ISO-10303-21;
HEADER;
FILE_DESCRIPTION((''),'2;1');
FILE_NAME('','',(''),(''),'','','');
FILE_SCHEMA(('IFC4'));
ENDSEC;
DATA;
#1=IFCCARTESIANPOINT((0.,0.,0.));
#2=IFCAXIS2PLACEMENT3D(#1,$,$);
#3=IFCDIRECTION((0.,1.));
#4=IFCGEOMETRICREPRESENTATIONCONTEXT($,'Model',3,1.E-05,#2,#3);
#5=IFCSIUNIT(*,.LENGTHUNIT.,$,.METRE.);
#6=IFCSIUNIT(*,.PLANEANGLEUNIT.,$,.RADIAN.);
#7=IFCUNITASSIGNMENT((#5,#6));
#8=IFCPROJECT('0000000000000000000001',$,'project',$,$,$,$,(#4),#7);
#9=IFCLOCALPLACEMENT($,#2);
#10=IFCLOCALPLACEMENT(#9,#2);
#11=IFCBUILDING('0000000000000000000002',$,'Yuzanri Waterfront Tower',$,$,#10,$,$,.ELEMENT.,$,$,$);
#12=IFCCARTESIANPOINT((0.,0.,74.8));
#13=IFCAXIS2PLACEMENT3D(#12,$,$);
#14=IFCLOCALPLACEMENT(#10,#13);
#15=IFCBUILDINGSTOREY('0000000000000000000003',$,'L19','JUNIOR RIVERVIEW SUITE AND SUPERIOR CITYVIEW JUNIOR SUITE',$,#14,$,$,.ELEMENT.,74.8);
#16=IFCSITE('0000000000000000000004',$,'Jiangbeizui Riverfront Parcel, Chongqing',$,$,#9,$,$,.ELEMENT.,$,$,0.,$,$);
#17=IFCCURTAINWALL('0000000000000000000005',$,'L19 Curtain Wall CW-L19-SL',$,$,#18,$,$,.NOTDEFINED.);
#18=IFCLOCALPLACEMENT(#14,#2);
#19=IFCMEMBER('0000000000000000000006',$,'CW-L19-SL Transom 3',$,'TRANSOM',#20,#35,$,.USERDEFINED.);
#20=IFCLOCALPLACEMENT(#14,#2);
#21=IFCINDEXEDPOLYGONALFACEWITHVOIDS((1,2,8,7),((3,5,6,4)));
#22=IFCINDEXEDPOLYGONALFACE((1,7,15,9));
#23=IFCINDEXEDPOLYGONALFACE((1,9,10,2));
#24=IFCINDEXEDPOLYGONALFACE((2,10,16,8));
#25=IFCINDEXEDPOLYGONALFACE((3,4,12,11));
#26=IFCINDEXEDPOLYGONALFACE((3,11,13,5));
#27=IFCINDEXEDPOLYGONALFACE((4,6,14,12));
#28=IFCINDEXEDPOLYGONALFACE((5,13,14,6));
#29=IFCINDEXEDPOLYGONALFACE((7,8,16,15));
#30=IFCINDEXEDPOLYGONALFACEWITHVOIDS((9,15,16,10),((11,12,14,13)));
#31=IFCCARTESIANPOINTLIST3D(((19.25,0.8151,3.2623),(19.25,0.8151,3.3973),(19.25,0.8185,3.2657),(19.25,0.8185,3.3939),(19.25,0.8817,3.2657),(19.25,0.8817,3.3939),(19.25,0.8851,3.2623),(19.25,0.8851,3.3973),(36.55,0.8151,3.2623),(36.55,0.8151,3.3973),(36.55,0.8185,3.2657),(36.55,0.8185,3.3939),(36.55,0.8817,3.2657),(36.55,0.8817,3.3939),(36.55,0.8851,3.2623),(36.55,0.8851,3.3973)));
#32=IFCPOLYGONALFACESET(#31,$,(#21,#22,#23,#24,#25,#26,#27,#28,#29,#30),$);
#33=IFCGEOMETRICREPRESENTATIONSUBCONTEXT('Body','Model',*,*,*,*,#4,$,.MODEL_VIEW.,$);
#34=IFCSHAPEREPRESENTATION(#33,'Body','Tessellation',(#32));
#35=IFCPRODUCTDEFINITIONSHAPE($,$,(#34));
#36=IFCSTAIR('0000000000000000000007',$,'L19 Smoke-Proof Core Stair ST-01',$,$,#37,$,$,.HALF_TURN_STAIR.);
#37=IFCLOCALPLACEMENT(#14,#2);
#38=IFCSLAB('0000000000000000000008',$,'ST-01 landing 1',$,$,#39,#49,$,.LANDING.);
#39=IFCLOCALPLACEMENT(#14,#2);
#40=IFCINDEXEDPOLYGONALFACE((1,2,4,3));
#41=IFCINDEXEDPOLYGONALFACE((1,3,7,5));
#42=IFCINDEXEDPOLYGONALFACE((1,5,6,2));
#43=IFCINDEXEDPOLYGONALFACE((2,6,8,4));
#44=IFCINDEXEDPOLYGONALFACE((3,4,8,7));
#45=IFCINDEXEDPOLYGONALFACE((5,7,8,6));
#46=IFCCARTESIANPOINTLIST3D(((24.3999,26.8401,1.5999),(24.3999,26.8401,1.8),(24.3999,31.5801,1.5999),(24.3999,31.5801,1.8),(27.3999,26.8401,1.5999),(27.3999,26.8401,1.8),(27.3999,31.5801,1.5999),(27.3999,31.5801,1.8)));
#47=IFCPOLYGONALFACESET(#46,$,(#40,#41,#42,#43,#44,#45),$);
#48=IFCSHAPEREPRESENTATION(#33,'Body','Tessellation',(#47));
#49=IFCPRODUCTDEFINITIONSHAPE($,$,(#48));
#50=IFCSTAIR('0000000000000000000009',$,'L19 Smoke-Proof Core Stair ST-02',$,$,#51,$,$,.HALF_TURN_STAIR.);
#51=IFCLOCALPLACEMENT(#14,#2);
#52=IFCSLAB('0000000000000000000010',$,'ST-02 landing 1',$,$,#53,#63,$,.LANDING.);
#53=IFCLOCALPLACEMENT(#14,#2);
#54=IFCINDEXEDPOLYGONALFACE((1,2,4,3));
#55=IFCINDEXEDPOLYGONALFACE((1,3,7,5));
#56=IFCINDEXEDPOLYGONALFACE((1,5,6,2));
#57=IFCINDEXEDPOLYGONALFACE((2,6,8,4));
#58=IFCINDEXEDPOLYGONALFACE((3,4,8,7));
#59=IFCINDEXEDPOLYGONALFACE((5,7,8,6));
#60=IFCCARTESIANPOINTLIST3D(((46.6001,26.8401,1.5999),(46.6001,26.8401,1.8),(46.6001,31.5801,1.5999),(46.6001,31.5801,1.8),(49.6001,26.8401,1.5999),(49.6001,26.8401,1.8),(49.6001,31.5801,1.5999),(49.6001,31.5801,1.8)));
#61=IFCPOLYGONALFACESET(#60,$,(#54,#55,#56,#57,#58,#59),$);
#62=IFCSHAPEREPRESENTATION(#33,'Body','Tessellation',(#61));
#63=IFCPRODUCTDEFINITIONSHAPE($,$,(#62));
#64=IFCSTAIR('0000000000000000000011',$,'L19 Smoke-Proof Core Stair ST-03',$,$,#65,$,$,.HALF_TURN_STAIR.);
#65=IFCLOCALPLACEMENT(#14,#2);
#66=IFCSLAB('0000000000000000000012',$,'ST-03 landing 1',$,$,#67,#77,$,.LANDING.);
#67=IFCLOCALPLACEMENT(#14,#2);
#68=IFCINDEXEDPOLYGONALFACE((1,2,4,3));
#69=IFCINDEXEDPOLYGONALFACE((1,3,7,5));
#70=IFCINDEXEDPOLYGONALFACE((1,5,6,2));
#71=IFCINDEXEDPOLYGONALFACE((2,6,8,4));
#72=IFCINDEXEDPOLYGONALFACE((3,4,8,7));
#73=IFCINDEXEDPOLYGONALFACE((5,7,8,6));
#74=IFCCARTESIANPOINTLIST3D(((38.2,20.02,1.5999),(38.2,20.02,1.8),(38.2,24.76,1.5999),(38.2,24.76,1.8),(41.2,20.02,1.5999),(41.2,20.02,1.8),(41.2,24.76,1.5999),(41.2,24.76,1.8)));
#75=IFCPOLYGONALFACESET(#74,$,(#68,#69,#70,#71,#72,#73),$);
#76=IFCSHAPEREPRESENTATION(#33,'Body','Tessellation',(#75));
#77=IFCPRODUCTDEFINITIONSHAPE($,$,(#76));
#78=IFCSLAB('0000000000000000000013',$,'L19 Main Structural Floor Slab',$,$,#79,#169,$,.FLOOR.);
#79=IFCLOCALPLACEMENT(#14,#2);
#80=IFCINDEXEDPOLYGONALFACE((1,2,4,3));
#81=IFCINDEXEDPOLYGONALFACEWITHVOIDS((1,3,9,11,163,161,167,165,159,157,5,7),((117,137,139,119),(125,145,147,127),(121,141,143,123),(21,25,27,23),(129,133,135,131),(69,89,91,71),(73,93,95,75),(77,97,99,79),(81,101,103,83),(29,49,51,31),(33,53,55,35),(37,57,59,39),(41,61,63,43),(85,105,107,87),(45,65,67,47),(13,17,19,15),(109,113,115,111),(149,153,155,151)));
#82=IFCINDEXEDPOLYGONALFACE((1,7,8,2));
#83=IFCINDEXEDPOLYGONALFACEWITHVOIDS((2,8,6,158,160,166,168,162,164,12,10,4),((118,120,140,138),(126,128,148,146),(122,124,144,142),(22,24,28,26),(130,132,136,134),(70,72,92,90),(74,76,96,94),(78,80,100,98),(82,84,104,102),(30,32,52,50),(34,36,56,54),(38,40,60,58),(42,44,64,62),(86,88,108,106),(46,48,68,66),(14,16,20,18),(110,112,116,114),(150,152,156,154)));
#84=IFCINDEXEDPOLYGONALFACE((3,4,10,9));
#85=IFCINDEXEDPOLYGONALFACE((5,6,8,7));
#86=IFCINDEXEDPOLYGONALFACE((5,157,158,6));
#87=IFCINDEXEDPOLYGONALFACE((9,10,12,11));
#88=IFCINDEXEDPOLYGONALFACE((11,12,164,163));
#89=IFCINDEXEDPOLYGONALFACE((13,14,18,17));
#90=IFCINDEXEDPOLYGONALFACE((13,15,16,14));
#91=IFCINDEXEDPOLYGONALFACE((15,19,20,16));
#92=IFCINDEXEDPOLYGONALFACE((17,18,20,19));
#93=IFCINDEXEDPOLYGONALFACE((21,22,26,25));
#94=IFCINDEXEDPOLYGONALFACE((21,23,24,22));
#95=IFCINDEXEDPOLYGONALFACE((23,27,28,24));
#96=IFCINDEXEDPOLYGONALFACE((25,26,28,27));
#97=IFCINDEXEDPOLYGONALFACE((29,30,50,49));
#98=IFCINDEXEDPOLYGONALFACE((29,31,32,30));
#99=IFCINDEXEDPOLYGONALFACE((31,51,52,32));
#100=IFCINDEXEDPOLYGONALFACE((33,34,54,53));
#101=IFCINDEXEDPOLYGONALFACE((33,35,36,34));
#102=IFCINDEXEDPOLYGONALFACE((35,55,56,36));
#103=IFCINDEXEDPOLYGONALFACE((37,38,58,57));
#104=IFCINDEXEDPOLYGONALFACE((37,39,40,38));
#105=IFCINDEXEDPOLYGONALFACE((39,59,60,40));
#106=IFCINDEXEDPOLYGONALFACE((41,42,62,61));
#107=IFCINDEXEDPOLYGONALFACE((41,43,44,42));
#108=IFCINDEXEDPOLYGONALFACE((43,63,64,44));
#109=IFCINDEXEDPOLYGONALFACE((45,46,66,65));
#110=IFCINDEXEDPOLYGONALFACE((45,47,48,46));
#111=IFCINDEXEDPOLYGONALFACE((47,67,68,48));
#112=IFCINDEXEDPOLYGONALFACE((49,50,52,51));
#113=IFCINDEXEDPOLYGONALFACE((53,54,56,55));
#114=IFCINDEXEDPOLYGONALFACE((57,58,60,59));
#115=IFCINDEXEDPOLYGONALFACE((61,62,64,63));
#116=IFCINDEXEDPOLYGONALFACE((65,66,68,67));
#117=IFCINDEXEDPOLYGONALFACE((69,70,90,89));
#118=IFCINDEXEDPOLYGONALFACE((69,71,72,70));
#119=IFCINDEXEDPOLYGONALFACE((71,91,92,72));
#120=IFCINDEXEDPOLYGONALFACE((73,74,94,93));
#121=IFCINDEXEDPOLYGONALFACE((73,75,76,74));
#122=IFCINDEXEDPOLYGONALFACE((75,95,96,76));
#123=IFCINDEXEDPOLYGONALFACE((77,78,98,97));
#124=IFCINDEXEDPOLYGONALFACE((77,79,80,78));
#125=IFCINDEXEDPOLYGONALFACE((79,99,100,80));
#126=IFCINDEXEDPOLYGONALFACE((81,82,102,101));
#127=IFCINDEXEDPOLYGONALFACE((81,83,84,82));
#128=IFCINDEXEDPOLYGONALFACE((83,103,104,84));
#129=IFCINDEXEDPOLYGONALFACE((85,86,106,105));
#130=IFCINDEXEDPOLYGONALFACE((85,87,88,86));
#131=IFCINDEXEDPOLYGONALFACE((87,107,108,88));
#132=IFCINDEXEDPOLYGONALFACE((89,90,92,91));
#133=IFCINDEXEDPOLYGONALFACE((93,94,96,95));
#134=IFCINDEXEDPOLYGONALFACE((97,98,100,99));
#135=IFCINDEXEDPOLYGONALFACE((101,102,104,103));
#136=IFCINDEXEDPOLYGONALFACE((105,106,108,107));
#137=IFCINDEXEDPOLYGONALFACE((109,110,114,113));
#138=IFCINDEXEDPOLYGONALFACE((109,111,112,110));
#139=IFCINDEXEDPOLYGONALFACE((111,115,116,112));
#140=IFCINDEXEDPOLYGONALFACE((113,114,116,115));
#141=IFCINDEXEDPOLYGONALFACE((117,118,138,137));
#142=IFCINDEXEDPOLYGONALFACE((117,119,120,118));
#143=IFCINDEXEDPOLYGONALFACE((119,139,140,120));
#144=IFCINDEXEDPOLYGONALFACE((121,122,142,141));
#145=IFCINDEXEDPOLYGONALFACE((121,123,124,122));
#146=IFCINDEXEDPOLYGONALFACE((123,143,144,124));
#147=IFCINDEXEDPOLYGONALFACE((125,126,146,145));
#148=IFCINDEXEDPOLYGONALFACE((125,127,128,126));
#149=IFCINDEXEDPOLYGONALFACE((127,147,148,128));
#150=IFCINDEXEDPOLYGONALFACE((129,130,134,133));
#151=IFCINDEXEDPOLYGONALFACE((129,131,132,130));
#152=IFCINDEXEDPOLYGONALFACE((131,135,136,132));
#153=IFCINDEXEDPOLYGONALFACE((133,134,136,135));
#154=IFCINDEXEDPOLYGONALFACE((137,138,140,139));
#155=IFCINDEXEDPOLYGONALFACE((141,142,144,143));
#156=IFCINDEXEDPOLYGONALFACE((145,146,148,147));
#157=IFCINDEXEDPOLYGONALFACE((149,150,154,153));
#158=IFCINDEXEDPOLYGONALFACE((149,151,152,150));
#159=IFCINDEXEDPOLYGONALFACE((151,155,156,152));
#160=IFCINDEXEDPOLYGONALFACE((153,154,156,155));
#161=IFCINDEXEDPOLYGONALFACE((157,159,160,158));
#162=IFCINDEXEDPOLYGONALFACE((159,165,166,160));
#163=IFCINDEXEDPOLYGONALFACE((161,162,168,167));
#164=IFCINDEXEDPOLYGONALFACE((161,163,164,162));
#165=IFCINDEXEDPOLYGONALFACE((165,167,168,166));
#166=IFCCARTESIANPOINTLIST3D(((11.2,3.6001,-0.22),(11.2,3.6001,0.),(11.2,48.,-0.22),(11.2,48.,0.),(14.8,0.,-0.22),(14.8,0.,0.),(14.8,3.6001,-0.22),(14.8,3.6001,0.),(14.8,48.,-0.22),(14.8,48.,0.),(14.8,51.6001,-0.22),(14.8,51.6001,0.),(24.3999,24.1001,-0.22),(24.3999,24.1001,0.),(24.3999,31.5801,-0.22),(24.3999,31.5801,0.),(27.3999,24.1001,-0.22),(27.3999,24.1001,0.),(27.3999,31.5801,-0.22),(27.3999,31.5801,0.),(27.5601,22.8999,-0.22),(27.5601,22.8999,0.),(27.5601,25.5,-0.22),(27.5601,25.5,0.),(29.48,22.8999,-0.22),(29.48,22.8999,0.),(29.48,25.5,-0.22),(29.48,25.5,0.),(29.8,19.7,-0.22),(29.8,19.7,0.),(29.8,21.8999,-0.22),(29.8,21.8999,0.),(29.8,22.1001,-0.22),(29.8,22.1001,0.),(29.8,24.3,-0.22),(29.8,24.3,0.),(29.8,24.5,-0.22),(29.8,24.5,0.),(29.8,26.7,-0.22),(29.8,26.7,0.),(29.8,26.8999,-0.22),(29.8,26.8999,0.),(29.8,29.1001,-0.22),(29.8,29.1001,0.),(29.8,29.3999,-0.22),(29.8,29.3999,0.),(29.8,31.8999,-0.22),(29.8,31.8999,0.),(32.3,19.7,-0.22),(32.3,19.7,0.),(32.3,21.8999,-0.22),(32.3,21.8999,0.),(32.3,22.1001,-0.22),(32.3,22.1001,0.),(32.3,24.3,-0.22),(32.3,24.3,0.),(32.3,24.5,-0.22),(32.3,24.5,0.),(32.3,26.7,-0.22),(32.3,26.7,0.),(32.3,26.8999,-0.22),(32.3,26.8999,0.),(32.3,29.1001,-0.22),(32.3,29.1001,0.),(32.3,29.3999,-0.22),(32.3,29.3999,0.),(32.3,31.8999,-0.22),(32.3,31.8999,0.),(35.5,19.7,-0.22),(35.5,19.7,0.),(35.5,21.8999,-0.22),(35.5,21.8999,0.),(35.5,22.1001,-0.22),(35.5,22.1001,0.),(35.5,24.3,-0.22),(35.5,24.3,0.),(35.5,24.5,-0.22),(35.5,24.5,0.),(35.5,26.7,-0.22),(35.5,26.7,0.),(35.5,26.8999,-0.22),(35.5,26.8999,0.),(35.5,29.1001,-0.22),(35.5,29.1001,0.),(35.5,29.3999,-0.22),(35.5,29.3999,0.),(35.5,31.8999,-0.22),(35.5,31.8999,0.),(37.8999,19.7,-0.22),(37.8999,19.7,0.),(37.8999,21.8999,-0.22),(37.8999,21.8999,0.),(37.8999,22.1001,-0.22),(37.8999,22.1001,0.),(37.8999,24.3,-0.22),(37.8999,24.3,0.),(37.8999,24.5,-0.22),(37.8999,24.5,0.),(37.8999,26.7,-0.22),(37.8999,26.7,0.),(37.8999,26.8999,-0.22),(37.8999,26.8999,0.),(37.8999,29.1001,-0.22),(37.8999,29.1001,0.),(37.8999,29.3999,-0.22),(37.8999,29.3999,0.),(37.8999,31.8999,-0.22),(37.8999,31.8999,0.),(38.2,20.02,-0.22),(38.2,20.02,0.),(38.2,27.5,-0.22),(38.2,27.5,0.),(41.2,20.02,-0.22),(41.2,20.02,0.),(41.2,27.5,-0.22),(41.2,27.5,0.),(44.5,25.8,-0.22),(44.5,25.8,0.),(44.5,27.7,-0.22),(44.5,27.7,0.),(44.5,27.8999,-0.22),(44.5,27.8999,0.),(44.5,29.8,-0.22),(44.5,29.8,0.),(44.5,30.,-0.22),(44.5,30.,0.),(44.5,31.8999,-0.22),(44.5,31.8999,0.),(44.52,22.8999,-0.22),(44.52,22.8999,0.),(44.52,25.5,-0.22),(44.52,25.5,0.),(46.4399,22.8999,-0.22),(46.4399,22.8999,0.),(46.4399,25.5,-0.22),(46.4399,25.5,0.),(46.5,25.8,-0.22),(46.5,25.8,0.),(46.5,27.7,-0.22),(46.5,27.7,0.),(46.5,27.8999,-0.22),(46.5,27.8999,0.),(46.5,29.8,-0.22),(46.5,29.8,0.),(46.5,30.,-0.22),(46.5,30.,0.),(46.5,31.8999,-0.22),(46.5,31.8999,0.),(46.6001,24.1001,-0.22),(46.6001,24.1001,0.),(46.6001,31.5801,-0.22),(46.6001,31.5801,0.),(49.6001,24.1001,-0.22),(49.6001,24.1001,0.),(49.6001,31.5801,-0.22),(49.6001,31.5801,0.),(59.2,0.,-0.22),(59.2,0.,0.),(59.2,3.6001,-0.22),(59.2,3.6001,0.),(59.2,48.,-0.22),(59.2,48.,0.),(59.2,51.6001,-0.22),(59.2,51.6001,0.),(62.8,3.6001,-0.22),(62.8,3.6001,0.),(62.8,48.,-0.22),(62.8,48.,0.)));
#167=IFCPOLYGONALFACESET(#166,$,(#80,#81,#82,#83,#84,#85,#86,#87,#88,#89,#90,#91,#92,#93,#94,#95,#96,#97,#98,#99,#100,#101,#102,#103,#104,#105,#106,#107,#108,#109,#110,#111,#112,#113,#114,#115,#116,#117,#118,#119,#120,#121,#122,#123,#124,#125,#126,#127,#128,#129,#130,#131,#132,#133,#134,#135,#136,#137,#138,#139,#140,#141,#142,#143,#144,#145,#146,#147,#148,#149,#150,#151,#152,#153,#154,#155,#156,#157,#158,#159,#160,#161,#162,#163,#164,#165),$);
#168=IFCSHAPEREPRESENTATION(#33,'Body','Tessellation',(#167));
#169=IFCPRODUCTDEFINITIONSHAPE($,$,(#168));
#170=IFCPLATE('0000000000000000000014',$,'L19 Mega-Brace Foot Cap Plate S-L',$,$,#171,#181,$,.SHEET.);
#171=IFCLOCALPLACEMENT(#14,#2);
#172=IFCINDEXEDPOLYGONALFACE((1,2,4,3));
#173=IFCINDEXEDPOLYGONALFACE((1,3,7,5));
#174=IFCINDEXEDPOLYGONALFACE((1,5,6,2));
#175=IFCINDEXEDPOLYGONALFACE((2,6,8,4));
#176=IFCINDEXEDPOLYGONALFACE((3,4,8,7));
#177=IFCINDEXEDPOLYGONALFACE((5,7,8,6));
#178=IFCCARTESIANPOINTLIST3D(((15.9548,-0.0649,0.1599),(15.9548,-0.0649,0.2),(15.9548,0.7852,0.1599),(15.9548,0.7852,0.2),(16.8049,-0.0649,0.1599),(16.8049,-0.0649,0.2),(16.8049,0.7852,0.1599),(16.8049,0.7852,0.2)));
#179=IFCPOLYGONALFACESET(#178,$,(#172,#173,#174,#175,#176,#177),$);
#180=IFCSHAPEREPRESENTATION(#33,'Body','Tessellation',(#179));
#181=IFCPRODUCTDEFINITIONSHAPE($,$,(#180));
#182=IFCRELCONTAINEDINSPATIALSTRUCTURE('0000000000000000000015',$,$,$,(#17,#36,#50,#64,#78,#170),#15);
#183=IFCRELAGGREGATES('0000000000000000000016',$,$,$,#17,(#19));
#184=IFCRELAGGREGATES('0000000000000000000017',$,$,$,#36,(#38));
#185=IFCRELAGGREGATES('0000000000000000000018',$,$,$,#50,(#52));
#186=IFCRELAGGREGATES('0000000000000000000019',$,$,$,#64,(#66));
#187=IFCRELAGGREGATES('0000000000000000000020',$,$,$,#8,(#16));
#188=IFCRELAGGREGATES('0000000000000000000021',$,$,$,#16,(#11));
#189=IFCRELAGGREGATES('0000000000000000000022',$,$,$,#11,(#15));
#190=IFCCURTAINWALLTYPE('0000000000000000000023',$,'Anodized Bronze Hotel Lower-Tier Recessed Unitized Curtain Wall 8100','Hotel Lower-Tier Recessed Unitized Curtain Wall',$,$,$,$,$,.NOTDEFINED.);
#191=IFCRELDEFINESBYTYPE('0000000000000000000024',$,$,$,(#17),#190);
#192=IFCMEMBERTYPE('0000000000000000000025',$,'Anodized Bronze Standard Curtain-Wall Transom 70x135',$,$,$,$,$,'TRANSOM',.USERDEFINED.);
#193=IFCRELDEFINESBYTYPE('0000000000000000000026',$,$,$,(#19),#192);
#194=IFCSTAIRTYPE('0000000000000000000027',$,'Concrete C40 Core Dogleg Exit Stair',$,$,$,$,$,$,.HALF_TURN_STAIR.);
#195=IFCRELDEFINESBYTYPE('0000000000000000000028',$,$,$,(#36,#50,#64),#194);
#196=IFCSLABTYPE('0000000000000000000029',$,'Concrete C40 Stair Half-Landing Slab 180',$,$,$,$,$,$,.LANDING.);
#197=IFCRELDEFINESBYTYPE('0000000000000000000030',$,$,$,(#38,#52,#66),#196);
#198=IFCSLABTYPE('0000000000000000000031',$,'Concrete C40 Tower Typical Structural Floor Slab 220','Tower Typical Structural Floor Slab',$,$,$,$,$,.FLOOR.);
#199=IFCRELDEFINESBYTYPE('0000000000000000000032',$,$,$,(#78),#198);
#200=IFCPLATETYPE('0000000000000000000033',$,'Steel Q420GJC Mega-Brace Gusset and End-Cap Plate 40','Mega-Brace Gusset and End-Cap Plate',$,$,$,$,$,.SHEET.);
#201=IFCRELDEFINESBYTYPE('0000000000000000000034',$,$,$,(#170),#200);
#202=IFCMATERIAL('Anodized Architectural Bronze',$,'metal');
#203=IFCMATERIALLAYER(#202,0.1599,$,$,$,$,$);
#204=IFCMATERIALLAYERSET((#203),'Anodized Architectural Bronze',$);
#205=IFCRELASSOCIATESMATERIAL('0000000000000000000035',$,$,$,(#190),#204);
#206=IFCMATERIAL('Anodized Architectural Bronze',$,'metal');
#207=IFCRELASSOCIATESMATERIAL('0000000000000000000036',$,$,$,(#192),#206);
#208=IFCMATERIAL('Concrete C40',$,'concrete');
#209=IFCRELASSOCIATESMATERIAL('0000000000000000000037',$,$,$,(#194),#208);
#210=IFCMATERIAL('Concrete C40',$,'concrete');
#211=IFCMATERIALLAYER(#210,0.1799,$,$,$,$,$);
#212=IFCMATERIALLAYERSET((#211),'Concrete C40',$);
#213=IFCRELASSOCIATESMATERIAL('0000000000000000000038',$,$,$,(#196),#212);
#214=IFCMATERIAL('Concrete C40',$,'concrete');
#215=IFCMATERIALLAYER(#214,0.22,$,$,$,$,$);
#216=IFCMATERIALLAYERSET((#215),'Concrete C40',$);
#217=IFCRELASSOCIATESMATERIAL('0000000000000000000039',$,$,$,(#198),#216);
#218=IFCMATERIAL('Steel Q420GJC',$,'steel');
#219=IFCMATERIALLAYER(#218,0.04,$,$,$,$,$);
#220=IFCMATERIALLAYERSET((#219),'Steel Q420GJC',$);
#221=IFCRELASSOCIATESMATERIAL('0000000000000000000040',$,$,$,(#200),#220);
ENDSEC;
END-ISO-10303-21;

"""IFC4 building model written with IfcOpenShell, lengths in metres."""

from ifc_helpers import new_model, si_unit, direction, frame, origin, origin_2d, place, context, subcontext, project, spatial, polyline, rectangle, hollow_rectangle, outline, extrude, source, transform, mapped, material, layer, layer_set, material_profile, profile_set, type_object, element, aggregate, save


model = new_model("IFC4")

# Units and contexts
model_context = context("Model", 3, precision=1e-05, world=origin(), true_north=direction((0.0, 1.0)))
body_context = subcontext(model_context, "Body", "Model", "MODEL_VIEW")
ifc_project = project(units=[si_unit("LENGTHUNIT", "METRE"), si_unit("PLANEANGLEUNIT", "RADIAN")], contexts=[model_context])

# Site, building, storey
site_placement = place(None, origin())
site = spatial("IfcSite", under=ifc_project, at=site_placement, Name="Jiangbeizui Riverfront Parcel, Chongqing", CompositionType="ELEMENT", RefElevation=0.0)
building_placement = place(site_placement, origin())
building = spatial("IfcBuilding", under=site, at=building_placement, Name="Yuzanri Waterfront Tower", CompositionType="ELEMENT")
storey_placement = place(building_placement, frame((0.0, 0.0, 74.8)))
storey = spatial("IfcBuildingStorey", under=building, at=storey_placement, Name="L19", Description="JUNIOR RIVERVIEW SUITE AND SUPERIOR CITYVIEW JUNIOR SUITE", CompositionType="ELEMENT", Elevation=74.8)

# Curtain wall, member
ifc_material_1 = material(Name="Anodized Architectural Bronze", Category="metal")
ifc_layer_1 = layer(ifc_material_1, 0.1599)
ifc_layer_set_1 = layer_set([ifc_layer_1], Name="Anodized Architectural Bronze")
curtain_wall_type = type_object("IfcCurtainWallType", Name="Anodized Bronze Hotel Lower-Tier Recessed Unitized Curtain Wall 8100", Description="Hotel Lower-Tier Recessed Unitized Curtain Wall", PredefinedType="NOTDEFINED", material=ifc_layer_set_1)
curtain_wall_placement = place(storey_placement, origin())
curtain_wall = element("IfcCurtainWall", 1, at=curtain_wall_placement, inside=storey, type_object=curtain_wall_type, Name="L19 Curtain Wall CW-L19-SL", PredefinedType="NOTDEFINED")
ifc_material_2 = material(Name="Anodized Architectural Bronze", Category="metal")
ifc_material_profile_1 = material_profile(ifc_material_2, hollow_rectangle(XDim=0.0701, YDim=0.135, WallThickness=0.0034, at=origin_2d()), Name="CWT 70x135")
ifc_profile_set_1 = profile_set([ifc_material_profile_1], Name="Anodized Architectural Bronze")
member_type_1 = type_object("IfcMemberType", Name="Anodized Bronze Standard Curtain-Wall Transom 70x135", ElementType="TRANSOM", PredefinedType="USERDEFINED", material=ifc_profile_set_1)
shared_shape_1 = source(origin(), body_context, "Body", "SweptSolid", [
    extrude(hollow_rectangle(XDim=0.0701, YDim=0.135, WallThickness=0.0034, at=origin_2d()), origin(), (0.0, 0.0, 1.0), 17.3),
])
member_1_placement = place(storey_placement, frame((19.25, 0.8501, 3.3298), z_axis=(1.0, 0.0, 0.0), x_axis=(0.0, 1.0, 0.0)))
member_1 = element("IfcMember", 2, at=member_1_placement, type_object=member_type_1, Name="CW-L19-SL Transom 3", ObjectType="TRANSOM", PredefinedType="USERDEFINED", context=body_context, shape_type="MappedRepresentation", body=[
    mapped(shared_shape_1, transform((0.0, 0.0, 0.0), scale=1.0)),
])
aggregate(curtain_wall, [member_1])

# Stairs, slabs
ifc_material_3 = material(Name="Concrete C40", Category="concrete")
stair_type = type_object("IfcStairType", Name="Concrete C40 Core Dogleg Exit Stair", PredefinedType="HALF_TURN_STAIR", material=ifc_material_3)
stair_1_placement = place(storey_placement, origin())
stair_1 = element("IfcStair", 3, at=stair_1_placement, inside=storey, type_object=stair_type, Name="L19 Smoke-Proof Core Stair ST-01", PredefinedType="HALF_TURN_STAIR")
ifc_material_4 = material(Name="Concrete C40", Category="concrete")
ifc_layer_2 = layer(ifc_material_4, 0.1799)
ifc_layer_set_2 = layer_set([ifc_layer_2], Name="Concrete C40")
slab_type_1 = type_object("IfcSlabType", Name="Concrete C40 Stair Half-Landing Slab 180", PredefinedType="LANDING", material=ifc_layer_set_2)
slab_1_placement = place(storey_placement, frame((0.0, 0.0, 1.5999)))
slab_1 = element("IfcSlab", 4, at=slab_1_placement, type_object=slab_type_1, Name="ST-01 landing 1", PredefinedType="LANDING", context=body_context, shape_type="SweptSolid", body=[
    extrude(outline(polyline([(27.3999, 26.8401), (27.3999, 31.5801), (24.3999, 31.5801), (24.3999, 26.8401), (27.3999, 26.8401)])), origin(), (0.0, 0.0, 1.0), 0.2002),
])
aggregate(stair_1, [slab_1])
stair_2_placement = place(storey_placement, origin())
stair_2 = element("IfcStair", 5, at=stair_2_placement, inside=storey, type_object=stair_type, Name="L19 Smoke-Proof Core Stair ST-02", PredefinedType="HALF_TURN_STAIR")
slab_2_placement = place(storey_placement, frame((0.0, 0.0, 1.5999)))
slab_2 = element("IfcSlab", 6, at=slab_2_placement, type_object=slab_type_1, Name="ST-02 landing 1", PredefinedType="LANDING", context=body_context, shape_type="SweptSolid", body=[
    extrude(outline(polyline([(49.6001, 26.8401), (49.6001, 31.5801), (46.6001, 31.5801), (46.6001, 26.8401), (49.6001, 26.8401)])), origin(), (0.0, 0.0, 1.0), 0.2002),
])
aggregate(stair_2, [slab_2])
stair_3_placement = place(storey_placement, origin())
stair_3 = element("IfcStair", 7, at=stair_3_placement, inside=storey, type_object=stair_type, Name="L19 Smoke-Proof Core Stair ST-03", PredefinedType="HALF_TURN_STAIR")
slab_3_placement = place(storey_placement, frame((0.0, 0.0, 1.5999)))
slab_3 = element("IfcSlab", 8, at=slab_3_placement, type_object=slab_type_1, Name="ST-03 landing 1", PredefinedType="LANDING", context=body_context, shape_type="SweptSolid", body=[
    extrude(outline(polyline([(38.2, 24.76), (38.2, 20.02), (41.2, 20.02), (41.2, 24.76), (38.2, 24.76)])), origin(), (0.0, 0.0, 1.0), 0.2002),
])
aggregate(stair_3, [slab_3])

# Slab
ifc_material_5 = material(Name="Concrete C40", Category="concrete")
ifc_layer_3 = layer(ifc_material_5, 0.22)
ifc_layer_set_3 = layer_set([ifc_layer_3], Name="Concrete C40")
slab_type_2 = type_object("IfcSlabType", Name="Concrete C40 Tower Typical Structural Floor Slab 220", Description="Tower Typical Structural Floor Slab", PredefinedType="FLOOR", material=ifc_layer_set_3)
slab_4_placement = place(storey_placement, frame((0.0, 0.0, -0.22)))
element("IfcSlab", 9, at=slab_4_placement, inside=storey, type_object=slab_type_2, Name="L19 Main Structural Floor Slab", PredefinedType="FLOOR", context=body_context, shape_type="SweptSolid", body=[
    extrude(outline(polyline([(14.8, 0.0), (59.2, 0.0), (59.2, 3.6001), (62.8, 3.6001), (62.8, 48.0), (59.2, 48.0), (59.2, 51.6001), (14.8, 51.6001), (14.8, 48.0), (11.2, 48.0), (11.2, 3.6001), (14.8, 3.6001), (14.8, 0.0)]), holes=[polyline([(27.3999, 24.1001), (27.3999, 31.5801), (24.3999, 31.5801), (24.3999, 24.1001), (27.3999, 24.1001)]), polyline([(49.6001, 24.1001), (49.6001, 31.5801), (46.6001, 31.5801), (46.6001, 24.1001), (49.6001, 24.1001)]), polyline([(38.2, 27.5), (38.2, 20.02), (41.2, 20.02), (41.2, 27.5), (38.2, 27.5)]), polyline([(27.5601, 22.8999), (29.48, 22.8999), (29.48, 25.5), (27.5601, 25.5), (27.5601, 22.8999)]), polyline([(44.52, 22.8999), (46.4399, 22.8999), (46.4399, 25.5), (44.52, 25.5), (44.52, 22.8999)]), polyline([(29.8, 19.7), (32.3, 19.7), (32.3, 21.8999), (29.8, 21.8999), (29.8, 19.7)]), polyline([(29.8, 22.1001), (32.3, 22.1001), (32.3, 24.3), (29.8, 24.3), (29.8, 22.1001)]), polyline([(29.8, 24.5), (32.3, 24.5), (32.3, 26.7), (29.8, 26.7), (29.8, 24.5)]), polyline([(29.8, 26.8999), (32.3, 26.8999), (32.3, 29.1001), (29.8, 29.1001), (29.8, 26.8999)]), polyline([(29.8, 29.3999), (32.3, 29.3999), (32.3, 31.8999), (29.8, 31.8999), (29.8, 29.3999)]), polyline([(35.5, 19.7), (37.8999, 19.7), (37.8999, 21.8999), (35.5, 21.8999), (35.5, 19.7)]), polyline([(35.5, 22.1001), (37.8999, 22.1001), (37.8999, 24.3), (35.5, 24.3), (35.5, 22.1001)]), polyline([(35.5, 24.5), (37.8999, 24.5), (37.8999, 26.7), (35.5, 26.7), (35.5, 24.5)]), polyline([(35.5, 26.8999), (37.8999, 26.8999), (37.8999, 29.1001), (35.5, 29.1001), (35.5, 26.8999)]), polyline([(35.5, 29.3999), (37.8999, 29.3999), (37.8999, 31.8999), (35.5, 31.8999), (35.5, 29.3999)]), polyline([(44.5, 25.8), (46.5, 25.8), (46.5, 27.7), (44.5, 27.7), (44.5, 25.8)]), polyline([(44.5, 27.8999), (46.5, 27.8999), (46.5, 29.8), (44.5, 29.8), (44.5, 27.8999)]), polyline([(44.5, 30.0), (46.5, 30.0), (46.5, 31.8999), (44.5, 31.8999), (44.5, 30.0)])]), origin(), (0.0, 0.0, 1.0), 0.22),
])

# Plate
ifc_material_6 = material(Name="Steel Q420GJC", Category="steel")
ifc_layer_4 = layer(ifc_material_6, 0.04)
ifc_layer_set_4 = layer_set([ifc_layer_4], Name="Steel Q420GJC")
plate_type = type_object("IfcPlateType", Name="Steel Q420GJC Mega-Brace Gusset and End-Cap Plate 40", Description="Mega-Brace Gusset and End-Cap Plate", PredefinedType="SHEET", material=ifc_layer_set_4)
shared_shape_2 = source(origin(), body_context, "Body", "SweptSolid", [
    extrude(rectangle(XDim=0.8501, YDim=0.8501, at=origin_2d()), origin(), (0.0, 0.0, 1.0), 0.04),
])
plate_placement = place(storey_placement, frame((16.3799, 0.3601, 0.1599), z_axis=(0.0, 0.0, 1.0), x_axis=(1.0, 0.0, 0.0)))
element("IfcPlate", 10, at=plate_placement, inside=storey, type_object=plate_type, Name="L19 Mega-Brace Foot Cap Plate S-L", PredefinedType="SHEET", context=body_context, shape_type="MappedRepresentation", body=[
    mapped(shared_shape_2, transform((0.0, 0.0, 0.0), scale=1.0)),
])

save(model, "model.ifc")
